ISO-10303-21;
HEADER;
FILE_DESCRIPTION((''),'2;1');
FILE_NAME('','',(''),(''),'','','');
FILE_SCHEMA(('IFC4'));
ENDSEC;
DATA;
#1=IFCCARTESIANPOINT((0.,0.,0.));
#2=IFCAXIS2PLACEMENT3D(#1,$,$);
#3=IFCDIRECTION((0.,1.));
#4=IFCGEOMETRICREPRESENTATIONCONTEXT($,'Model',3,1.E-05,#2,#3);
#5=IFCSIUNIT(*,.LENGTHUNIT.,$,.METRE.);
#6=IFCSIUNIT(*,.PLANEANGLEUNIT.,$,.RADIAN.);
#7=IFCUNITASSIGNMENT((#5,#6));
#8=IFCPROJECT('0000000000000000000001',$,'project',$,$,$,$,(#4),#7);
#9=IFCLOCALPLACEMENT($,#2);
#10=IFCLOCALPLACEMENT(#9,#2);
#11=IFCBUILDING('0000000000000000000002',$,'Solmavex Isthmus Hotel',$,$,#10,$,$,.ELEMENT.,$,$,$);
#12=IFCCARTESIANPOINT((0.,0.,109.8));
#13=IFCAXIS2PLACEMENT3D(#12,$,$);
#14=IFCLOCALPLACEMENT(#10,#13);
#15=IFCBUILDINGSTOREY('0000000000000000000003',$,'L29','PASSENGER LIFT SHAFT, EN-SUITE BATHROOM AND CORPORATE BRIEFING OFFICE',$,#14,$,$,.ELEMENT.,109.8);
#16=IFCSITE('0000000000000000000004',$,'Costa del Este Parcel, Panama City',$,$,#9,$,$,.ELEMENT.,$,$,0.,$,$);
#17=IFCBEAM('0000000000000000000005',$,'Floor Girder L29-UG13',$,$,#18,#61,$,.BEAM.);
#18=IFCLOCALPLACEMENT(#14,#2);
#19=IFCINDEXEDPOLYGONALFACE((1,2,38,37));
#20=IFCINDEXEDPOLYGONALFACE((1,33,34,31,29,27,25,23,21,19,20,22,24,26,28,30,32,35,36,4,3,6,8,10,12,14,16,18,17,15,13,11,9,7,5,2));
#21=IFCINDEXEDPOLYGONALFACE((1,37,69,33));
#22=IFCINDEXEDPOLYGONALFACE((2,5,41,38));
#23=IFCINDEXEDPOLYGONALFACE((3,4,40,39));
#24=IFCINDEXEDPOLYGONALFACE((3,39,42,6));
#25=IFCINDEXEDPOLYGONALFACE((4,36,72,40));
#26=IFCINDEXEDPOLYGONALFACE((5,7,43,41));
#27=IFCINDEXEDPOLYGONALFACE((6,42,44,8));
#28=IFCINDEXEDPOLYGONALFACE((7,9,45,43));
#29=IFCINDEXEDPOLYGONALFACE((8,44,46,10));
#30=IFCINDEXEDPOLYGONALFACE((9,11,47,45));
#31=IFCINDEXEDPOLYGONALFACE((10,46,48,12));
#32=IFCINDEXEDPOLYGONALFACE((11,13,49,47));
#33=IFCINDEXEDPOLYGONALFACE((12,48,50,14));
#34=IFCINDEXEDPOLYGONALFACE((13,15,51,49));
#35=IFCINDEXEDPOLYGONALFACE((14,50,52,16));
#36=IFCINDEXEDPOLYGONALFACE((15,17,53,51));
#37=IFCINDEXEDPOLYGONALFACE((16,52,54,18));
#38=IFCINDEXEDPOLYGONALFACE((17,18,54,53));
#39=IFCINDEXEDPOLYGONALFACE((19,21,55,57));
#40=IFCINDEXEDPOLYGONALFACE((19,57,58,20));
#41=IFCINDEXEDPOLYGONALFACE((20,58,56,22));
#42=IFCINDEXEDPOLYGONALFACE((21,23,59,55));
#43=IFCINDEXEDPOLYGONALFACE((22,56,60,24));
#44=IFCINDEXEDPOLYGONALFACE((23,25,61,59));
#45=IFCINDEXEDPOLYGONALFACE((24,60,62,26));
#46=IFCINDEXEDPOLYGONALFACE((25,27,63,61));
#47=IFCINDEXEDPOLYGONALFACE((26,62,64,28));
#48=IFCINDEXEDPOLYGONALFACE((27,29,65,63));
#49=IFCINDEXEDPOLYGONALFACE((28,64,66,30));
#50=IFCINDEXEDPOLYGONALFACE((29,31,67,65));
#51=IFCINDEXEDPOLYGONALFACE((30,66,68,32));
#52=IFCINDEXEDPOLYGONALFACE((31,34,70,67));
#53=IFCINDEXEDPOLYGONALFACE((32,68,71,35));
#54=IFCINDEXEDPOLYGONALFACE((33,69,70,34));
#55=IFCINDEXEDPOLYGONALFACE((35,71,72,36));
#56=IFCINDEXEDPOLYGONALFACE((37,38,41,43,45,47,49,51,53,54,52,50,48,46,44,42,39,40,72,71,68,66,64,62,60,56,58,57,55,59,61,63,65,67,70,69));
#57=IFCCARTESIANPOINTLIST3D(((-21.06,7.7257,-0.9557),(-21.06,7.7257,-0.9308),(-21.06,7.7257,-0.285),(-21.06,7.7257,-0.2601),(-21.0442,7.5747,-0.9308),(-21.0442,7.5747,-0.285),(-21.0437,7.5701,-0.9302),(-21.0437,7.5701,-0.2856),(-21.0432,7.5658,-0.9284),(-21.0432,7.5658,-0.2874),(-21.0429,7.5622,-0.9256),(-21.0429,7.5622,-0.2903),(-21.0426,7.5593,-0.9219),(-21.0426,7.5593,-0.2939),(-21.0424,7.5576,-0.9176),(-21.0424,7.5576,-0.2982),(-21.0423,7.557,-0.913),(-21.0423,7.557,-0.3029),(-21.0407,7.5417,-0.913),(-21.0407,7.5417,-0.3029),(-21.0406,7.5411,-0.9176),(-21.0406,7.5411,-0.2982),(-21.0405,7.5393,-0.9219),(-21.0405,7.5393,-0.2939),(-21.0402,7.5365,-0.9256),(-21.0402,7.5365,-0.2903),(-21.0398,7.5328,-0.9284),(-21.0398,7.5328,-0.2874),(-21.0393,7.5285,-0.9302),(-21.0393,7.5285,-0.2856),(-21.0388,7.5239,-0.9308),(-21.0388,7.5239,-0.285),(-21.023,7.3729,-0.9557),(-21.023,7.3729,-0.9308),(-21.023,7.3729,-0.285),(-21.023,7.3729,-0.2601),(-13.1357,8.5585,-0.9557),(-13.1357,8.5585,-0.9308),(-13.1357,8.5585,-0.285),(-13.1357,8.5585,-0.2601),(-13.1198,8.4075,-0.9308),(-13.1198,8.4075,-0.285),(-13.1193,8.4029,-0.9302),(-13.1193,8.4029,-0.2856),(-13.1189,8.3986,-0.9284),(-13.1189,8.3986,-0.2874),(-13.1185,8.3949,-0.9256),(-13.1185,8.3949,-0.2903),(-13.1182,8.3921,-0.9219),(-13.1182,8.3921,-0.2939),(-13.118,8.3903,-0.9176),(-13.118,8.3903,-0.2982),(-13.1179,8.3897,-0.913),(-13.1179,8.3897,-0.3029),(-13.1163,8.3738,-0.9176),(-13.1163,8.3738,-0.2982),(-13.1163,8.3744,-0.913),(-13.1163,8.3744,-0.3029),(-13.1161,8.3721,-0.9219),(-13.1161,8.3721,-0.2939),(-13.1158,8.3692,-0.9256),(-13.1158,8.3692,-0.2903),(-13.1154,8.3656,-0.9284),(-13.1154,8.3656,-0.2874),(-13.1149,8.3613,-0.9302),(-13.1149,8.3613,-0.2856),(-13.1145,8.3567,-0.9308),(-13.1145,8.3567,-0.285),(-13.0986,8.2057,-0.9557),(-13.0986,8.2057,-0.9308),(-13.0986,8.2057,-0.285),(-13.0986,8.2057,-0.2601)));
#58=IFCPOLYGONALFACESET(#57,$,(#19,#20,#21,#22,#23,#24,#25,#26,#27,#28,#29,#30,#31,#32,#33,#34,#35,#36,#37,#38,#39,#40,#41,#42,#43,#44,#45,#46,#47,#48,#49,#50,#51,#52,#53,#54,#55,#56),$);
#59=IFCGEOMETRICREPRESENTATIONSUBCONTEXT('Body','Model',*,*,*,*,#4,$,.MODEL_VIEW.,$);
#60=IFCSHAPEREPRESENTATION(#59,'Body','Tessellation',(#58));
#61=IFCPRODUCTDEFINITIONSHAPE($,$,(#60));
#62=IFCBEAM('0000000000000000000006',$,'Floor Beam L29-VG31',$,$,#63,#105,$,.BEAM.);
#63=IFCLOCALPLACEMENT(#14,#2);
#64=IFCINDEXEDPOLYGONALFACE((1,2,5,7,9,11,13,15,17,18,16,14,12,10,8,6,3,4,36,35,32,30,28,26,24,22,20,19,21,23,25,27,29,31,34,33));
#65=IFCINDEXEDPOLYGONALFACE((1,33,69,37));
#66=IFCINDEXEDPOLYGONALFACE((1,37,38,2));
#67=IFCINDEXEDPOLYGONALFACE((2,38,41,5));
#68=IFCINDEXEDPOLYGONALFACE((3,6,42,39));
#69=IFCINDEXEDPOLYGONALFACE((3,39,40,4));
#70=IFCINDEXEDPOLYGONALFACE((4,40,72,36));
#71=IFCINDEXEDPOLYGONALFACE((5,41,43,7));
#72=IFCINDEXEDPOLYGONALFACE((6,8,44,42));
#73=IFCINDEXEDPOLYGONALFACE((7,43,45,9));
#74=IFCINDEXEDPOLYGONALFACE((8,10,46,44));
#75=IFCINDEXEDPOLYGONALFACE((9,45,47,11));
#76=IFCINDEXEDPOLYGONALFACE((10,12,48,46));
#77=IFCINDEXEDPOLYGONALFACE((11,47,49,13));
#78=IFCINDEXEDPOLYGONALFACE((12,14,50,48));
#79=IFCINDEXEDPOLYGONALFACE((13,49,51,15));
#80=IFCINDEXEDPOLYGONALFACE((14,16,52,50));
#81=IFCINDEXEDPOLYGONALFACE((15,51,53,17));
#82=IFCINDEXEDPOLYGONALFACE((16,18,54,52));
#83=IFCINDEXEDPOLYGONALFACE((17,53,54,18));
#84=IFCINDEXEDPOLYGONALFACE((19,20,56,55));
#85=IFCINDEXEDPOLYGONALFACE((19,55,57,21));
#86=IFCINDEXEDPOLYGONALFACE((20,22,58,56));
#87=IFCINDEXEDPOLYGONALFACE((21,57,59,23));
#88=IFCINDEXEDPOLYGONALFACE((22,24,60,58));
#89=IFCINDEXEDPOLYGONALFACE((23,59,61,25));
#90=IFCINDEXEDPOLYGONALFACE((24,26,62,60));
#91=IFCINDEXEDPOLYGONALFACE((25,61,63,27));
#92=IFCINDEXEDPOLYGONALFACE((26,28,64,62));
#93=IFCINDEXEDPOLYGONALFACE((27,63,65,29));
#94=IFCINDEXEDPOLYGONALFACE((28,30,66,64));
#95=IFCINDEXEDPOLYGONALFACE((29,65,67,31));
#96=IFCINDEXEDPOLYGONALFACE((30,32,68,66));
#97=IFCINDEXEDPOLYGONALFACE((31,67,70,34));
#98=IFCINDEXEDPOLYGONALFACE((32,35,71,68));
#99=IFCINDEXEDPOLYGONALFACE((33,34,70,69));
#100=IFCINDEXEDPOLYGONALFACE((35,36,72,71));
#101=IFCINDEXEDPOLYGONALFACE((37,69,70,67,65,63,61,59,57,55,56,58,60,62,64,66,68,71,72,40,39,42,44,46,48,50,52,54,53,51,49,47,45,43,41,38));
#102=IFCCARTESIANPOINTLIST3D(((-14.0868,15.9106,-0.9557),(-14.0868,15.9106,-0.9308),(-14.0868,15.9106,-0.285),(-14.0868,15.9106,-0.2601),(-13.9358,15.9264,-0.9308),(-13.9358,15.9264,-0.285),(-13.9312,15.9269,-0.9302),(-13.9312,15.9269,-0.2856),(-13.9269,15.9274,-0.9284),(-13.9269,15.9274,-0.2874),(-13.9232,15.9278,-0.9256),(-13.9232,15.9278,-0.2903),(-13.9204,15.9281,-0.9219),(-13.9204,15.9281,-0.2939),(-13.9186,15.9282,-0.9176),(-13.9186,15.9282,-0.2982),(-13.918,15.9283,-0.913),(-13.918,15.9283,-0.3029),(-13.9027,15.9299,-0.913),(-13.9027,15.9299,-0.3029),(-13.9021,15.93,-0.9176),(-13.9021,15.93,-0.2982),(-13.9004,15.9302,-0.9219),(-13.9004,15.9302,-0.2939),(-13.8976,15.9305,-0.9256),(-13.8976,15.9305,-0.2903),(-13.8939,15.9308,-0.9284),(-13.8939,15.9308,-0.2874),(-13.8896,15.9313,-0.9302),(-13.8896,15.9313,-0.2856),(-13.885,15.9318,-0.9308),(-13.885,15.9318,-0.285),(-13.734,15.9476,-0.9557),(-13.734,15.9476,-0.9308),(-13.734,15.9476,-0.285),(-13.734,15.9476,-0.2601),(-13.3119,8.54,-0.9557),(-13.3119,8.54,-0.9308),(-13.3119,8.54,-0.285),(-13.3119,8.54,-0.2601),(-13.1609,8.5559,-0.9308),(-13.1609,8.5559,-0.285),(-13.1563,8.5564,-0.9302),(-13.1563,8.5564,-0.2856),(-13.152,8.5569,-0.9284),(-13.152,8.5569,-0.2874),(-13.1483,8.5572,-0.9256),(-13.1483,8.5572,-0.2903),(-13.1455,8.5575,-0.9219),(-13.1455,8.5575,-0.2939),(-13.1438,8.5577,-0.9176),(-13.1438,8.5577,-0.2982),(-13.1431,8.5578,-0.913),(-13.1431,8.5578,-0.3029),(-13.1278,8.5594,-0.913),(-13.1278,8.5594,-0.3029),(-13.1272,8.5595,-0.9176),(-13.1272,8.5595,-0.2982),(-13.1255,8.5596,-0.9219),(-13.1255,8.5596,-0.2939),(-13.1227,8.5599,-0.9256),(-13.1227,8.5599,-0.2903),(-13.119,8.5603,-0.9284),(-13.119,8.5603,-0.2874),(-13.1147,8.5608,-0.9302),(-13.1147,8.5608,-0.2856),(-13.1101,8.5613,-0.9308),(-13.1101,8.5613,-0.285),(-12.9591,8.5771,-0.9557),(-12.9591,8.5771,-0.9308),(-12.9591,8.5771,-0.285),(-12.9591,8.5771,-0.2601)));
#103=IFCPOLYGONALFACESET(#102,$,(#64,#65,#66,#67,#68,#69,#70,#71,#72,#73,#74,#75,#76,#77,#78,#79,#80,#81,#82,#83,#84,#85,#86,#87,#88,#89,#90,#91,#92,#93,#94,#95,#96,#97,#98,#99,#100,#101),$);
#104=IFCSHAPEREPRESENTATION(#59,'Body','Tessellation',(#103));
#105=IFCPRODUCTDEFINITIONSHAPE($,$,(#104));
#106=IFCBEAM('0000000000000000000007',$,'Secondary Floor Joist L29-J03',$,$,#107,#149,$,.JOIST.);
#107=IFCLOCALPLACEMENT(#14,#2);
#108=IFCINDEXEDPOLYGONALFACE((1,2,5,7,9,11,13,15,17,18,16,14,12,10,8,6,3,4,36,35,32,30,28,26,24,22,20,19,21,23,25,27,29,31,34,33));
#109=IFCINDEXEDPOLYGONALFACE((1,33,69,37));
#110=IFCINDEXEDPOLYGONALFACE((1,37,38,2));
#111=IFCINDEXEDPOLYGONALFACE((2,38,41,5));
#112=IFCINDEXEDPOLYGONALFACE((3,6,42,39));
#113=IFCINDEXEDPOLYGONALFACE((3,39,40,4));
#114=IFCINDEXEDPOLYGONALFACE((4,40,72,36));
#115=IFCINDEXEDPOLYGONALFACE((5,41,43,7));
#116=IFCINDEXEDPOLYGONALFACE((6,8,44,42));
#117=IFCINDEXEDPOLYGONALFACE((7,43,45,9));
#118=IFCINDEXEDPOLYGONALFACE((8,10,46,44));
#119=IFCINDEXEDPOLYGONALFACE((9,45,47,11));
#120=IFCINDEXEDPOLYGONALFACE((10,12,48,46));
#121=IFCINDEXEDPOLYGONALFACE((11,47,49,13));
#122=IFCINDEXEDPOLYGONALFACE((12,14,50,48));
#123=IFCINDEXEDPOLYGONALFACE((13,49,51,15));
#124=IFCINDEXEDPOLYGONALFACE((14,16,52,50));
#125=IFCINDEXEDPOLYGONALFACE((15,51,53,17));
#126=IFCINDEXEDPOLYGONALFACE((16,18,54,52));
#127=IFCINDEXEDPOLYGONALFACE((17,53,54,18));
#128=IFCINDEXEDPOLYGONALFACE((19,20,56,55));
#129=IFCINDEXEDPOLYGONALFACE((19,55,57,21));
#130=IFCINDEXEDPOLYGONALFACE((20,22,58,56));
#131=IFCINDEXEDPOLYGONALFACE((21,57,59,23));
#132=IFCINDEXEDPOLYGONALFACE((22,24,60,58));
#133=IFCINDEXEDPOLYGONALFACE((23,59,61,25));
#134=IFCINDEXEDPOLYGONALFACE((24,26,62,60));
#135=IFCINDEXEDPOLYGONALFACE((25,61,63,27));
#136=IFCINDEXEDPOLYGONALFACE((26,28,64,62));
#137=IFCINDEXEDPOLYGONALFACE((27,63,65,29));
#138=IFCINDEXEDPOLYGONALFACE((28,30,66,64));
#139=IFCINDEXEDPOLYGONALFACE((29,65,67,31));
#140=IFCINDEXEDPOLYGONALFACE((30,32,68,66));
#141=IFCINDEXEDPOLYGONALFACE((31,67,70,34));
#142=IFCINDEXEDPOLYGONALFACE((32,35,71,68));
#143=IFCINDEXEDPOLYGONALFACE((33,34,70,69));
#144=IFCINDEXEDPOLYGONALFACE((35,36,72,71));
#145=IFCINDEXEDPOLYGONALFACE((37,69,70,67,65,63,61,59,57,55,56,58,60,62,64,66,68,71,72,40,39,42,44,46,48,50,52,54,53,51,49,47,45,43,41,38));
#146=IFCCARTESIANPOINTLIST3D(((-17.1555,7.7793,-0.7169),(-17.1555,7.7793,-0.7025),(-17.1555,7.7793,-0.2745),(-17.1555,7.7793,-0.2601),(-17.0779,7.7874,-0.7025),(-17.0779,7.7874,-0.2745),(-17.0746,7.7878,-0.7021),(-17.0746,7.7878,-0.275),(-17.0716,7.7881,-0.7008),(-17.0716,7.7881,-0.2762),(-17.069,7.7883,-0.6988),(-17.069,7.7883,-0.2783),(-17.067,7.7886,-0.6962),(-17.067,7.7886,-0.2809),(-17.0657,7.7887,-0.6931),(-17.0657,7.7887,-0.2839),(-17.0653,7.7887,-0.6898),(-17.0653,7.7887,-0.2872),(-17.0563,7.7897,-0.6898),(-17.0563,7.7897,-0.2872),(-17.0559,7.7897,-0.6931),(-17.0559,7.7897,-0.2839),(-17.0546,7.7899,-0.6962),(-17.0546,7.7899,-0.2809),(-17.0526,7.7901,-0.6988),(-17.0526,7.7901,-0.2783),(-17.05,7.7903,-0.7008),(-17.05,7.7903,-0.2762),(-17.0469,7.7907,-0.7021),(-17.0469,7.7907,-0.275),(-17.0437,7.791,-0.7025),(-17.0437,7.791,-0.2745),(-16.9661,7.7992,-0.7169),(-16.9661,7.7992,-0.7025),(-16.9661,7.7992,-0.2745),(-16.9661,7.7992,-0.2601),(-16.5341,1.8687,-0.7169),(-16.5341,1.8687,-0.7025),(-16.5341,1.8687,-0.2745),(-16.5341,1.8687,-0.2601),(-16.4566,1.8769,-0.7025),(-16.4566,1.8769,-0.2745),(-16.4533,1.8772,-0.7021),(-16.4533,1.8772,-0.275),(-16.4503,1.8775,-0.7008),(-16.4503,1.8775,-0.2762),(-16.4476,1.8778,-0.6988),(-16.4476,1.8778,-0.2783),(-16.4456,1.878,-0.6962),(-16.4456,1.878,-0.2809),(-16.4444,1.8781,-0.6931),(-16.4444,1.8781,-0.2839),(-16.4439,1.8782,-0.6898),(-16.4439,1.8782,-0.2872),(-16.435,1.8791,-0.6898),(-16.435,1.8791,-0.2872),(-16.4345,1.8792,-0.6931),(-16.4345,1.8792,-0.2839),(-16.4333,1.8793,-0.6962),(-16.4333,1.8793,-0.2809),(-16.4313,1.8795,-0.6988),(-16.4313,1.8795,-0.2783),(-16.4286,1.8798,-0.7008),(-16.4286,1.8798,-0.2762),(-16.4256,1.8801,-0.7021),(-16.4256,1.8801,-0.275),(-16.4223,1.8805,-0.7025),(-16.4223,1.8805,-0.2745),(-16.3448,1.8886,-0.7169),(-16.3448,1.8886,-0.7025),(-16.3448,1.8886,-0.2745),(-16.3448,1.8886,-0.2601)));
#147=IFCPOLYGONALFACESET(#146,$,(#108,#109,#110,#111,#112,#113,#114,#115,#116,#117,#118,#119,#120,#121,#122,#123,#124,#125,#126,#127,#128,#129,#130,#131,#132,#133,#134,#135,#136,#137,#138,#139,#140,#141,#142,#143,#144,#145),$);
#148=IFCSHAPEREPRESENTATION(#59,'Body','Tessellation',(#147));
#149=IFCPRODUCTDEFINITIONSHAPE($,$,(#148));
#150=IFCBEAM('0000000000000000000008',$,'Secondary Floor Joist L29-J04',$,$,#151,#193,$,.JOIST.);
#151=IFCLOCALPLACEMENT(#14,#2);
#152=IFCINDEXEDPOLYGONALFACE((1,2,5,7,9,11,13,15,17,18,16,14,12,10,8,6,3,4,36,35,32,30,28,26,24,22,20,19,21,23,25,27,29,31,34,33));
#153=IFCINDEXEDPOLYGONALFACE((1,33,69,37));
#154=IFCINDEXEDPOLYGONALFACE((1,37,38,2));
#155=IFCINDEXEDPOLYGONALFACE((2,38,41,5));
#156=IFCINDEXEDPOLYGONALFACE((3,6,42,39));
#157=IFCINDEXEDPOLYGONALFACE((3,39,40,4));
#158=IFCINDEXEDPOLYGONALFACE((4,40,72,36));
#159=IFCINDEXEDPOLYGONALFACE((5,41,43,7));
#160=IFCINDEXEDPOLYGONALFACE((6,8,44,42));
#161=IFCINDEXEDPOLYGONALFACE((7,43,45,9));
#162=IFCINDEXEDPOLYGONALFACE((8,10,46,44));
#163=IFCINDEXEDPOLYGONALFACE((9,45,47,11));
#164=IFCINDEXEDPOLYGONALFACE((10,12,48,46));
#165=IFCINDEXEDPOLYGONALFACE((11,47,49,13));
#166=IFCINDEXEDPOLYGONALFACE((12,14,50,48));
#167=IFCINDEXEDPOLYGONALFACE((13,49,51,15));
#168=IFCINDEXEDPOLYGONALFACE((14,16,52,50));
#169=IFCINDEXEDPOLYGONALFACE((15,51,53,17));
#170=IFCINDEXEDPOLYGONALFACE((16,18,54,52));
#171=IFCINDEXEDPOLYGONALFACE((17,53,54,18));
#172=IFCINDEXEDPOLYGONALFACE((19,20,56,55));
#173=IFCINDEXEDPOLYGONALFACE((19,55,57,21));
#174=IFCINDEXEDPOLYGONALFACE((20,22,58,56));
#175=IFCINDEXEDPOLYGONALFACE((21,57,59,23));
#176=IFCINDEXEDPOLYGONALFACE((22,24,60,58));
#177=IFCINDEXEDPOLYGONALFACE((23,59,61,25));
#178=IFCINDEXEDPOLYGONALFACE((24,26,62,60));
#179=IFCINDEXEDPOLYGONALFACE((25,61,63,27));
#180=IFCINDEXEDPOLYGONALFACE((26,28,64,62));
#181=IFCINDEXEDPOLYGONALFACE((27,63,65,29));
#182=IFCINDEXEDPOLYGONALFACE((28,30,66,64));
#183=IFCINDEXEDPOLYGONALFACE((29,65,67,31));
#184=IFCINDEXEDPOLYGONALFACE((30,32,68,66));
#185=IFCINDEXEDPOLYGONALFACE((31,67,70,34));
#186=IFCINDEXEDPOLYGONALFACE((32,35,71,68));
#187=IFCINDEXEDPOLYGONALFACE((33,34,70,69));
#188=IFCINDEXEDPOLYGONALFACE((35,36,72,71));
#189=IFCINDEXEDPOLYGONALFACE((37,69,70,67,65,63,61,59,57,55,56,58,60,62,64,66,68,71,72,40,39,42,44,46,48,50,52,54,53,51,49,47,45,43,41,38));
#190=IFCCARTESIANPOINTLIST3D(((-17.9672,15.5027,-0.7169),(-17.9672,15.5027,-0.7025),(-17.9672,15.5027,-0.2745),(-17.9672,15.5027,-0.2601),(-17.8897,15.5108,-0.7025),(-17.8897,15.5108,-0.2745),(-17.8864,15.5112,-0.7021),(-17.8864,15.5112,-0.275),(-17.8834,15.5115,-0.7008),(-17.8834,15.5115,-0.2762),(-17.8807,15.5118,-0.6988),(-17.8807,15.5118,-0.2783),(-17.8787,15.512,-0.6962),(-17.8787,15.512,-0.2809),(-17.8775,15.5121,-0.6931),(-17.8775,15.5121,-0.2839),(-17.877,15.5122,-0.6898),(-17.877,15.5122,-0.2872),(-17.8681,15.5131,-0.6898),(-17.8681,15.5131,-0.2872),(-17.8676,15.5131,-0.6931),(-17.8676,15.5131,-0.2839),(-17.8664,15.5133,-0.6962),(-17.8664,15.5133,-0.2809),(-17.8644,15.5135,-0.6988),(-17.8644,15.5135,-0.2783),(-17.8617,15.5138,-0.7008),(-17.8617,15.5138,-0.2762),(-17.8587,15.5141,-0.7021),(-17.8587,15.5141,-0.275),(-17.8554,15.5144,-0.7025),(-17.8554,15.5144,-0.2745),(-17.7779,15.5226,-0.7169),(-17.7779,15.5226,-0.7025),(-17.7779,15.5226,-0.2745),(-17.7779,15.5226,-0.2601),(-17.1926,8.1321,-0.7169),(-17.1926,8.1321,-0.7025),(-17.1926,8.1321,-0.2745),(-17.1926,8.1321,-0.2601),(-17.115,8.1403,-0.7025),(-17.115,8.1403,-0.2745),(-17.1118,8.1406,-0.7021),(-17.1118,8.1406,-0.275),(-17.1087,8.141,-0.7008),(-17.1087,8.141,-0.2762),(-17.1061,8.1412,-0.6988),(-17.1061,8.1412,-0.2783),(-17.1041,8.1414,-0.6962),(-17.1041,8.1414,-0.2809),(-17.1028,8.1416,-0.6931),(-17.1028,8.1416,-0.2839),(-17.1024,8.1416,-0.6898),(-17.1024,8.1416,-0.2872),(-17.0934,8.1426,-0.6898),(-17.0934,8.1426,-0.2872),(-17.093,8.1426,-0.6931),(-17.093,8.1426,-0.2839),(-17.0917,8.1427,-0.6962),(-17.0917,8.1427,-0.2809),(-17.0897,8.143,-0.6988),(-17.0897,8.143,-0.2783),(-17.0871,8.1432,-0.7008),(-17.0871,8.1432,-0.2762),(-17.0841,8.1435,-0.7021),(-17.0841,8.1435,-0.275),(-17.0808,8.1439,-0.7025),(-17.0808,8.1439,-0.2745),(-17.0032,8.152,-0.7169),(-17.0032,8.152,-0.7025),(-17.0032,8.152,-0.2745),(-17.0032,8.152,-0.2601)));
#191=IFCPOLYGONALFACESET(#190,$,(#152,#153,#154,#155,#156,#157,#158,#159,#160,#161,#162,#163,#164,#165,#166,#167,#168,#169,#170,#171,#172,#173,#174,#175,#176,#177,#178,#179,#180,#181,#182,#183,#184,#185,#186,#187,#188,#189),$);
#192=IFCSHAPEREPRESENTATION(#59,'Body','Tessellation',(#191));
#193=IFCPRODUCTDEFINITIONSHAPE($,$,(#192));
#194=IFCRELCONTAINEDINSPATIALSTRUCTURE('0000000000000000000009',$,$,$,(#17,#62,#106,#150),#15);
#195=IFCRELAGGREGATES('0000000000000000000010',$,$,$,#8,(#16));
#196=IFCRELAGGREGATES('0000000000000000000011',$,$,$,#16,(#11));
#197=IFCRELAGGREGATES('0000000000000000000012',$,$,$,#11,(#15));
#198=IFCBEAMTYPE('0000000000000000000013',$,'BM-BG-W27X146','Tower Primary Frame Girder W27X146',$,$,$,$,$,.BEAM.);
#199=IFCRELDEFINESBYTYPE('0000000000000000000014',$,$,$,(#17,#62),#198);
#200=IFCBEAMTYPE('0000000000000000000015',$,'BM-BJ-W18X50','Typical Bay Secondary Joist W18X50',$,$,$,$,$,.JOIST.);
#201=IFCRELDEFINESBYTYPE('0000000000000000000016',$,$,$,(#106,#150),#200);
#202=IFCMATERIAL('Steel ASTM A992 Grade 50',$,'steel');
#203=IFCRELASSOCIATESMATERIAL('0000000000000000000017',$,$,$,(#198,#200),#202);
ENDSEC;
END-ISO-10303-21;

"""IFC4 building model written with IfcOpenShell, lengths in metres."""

from ifc_helpers import new_model, si_unit, direction, frame, origin, origin_2d, place, context, subcontext, project, spatial, i_section, extrude, material, material_profile, profile_set, type_object, element, save


model = new_model("IFC4")

# Units and contexts
model_context = context("Model", 3, precision=1e-05, world=origin(), true_north=direction((0.0, 1.0)))
body_context = subcontext(model_context, "Body", "Model", "MODEL_VIEW")
ifc_project = project(units=[si_unit("LENGTHUNIT", "METRE"), si_unit("PLANEANGLEUNIT", "RADIAN")], contexts=[model_context])

# Site, building, storey
site_placement = place(None, origin())
site = spatial("IfcSite", under=ifc_project, at=site_placement, Name="Costa del Este Parcel, Panama City", CompositionType="ELEMENT", RefElevation=0.0)
building_placement = place(site_placement, origin())
building = spatial("IfcBuilding", under=site, at=building_placement, Name="Solmavex Isthmus Hotel", CompositionType="ELEMENT")
storey_placement = place(building_placement, frame((0.0, 0.0, 109.8)))
storey = spatial("IfcBuildingStorey", under=building, at=storey_placement, Name="L29", Description="PASSENGER LIFT SHAFT, EN-SUITE BATHROOM AND CORPORATE BRIEFING OFFICE", CompositionType="ELEMENT", Elevation=109.8)

# Beams
ifc_material_1 = material(Name="Steel ASTM A992 Grade 50", Category="steel")
ifc_material_profile_1 = material_profile(ifc_material_1, i_section(OverallWidth=0.3547, OverallDepth=0.6956, WebThickness=0.0154, FlangeThickness=0.0249, FilletRadius=0.0178, at=origin_2d()), Name="W27X146")
ifc_profile_set_1 = profile_set([ifc_material_profile_1], Name="Steel ASTM A992 Grade 50")
beam_type_1 = type_object("IfcBeamType", Name="BM-BG-W27X146", Description="Tower Primary Frame Girder W27X146", PredefinedType="BEAM", material=ifc_profile_set_1)
for number, where, z_axis, x_axis, name in (
    (1, (-21.0415, 7.5493, -0.6079), (0.994523, 0.104514, 0.0), (-0.104514, 0.994523, 0.0), "Floor Girder L29-UG13"),
):
    element("IfcBeam", number, at=place(storey_placement, frame(where, z_axis=z_axis, x_axis=x_axis)), inside=storey, type_object=beam_type_1, Name=name, PredefinedType="BEAM", context=body_context, shape_type="SweptSolid", body=[
        extrude(i_section(OverallWidth=0.3547, OverallDepth=0.6956, WebThickness=0.0154, FlangeThickness=0.0249, FilletRadius=0.0178, at=origin_2d()), origin(), (0.0, 0.0, 1.0), 7.968),
    ])
beam_1_placement = place(storey_placement, frame((-13.1355, 8.5586, -0.6079), z_axis=(-0.104558, 0.994519, 0.0), x_axis=(-0.994519, -0.104558, 0.0)))
element("IfcBeam", 2, at=beam_1_placement, inside=storey, type_object=beam_type_1, Name="Floor Beam L29-VG31", PredefinedType="BEAM", context=body_context, shape_type="SweptSolid", body=[
    extrude(i_section(OverallWidth=0.3547, OverallDepth=0.6956, WebThickness=0.0154, FlangeThickness=0.0249, FilletRadius=0.0178, at=origin_2d()), origin(), (0.0, 0.0, 1.0), 7.4111),
])
ifc_material_profile_2 = material_profile(ifc_material_1, i_section(OverallWidth=0.1904, OverallDepth=0.4568, WebThickness=0.009, FlangeThickness=0.0144, FilletRadius=0.0127, at=origin_2d()), Name="W18X50")
ifc_profile_set_2 = profile_set([ifc_material_profile_2], Name="Steel ASTM A992 Grade 50")
beam_type_2 = type_object("IfcBeamType", Name="BM-BJ-W18X50", Description="Typical Bay Secondary Joist W18X50", PredefinedType="JOIST", material=ifc_profile_set_2)
beam_2_placement = place(storey_placement, frame((-16.4395, 1.8787, -0.4885), z_axis=(-0.104546, 0.99452, 0.0), x_axis=(-0.99452, -0.104546, 0.0)))
element("IfcBeam", 3, at=beam_2_placement, inside=storey, type_object=beam_type_2, Name="Secondary Floor Joist L29-J03", PredefinedType="JOIST", context=body_context, shape_type="SweptSolid", body=[
    extrude(i_section(OverallWidth=0.1904, OverallDepth=0.4568, WebThickness=0.009, FlangeThickness=0.0144, FilletRadius=0.0127, at=origin_2d()), origin(), (0.0, 0.0, 1.0), 5.9431),
])
beam_3_placement = place(storey_placement, frame((-17.0979, 8.1421, -0.4885), z_axis=(-0.104525, 0.994522, 0.0), x_axis=(-0.994522, -0.104525, 0.0)))
element("IfcBeam", 4, at=beam_3_placement, inside=storey, type_object=beam_type_2, Name="Secondary Floor Joist L29-J04", PredefinedType="JOIST", context=body_context, shape_type="SweptSolid", body=[
    extrude(i_section(OverallWidth=0.1904, OverallDepth=0.4568, WebThickness=0.009, FlangeThickness=0.0144, FilletRadius=0.0127, at=origin_2d()), origin(), (0.0, 0.0, 1.0), 7.4111),
])

save(model, "model.ifc")
